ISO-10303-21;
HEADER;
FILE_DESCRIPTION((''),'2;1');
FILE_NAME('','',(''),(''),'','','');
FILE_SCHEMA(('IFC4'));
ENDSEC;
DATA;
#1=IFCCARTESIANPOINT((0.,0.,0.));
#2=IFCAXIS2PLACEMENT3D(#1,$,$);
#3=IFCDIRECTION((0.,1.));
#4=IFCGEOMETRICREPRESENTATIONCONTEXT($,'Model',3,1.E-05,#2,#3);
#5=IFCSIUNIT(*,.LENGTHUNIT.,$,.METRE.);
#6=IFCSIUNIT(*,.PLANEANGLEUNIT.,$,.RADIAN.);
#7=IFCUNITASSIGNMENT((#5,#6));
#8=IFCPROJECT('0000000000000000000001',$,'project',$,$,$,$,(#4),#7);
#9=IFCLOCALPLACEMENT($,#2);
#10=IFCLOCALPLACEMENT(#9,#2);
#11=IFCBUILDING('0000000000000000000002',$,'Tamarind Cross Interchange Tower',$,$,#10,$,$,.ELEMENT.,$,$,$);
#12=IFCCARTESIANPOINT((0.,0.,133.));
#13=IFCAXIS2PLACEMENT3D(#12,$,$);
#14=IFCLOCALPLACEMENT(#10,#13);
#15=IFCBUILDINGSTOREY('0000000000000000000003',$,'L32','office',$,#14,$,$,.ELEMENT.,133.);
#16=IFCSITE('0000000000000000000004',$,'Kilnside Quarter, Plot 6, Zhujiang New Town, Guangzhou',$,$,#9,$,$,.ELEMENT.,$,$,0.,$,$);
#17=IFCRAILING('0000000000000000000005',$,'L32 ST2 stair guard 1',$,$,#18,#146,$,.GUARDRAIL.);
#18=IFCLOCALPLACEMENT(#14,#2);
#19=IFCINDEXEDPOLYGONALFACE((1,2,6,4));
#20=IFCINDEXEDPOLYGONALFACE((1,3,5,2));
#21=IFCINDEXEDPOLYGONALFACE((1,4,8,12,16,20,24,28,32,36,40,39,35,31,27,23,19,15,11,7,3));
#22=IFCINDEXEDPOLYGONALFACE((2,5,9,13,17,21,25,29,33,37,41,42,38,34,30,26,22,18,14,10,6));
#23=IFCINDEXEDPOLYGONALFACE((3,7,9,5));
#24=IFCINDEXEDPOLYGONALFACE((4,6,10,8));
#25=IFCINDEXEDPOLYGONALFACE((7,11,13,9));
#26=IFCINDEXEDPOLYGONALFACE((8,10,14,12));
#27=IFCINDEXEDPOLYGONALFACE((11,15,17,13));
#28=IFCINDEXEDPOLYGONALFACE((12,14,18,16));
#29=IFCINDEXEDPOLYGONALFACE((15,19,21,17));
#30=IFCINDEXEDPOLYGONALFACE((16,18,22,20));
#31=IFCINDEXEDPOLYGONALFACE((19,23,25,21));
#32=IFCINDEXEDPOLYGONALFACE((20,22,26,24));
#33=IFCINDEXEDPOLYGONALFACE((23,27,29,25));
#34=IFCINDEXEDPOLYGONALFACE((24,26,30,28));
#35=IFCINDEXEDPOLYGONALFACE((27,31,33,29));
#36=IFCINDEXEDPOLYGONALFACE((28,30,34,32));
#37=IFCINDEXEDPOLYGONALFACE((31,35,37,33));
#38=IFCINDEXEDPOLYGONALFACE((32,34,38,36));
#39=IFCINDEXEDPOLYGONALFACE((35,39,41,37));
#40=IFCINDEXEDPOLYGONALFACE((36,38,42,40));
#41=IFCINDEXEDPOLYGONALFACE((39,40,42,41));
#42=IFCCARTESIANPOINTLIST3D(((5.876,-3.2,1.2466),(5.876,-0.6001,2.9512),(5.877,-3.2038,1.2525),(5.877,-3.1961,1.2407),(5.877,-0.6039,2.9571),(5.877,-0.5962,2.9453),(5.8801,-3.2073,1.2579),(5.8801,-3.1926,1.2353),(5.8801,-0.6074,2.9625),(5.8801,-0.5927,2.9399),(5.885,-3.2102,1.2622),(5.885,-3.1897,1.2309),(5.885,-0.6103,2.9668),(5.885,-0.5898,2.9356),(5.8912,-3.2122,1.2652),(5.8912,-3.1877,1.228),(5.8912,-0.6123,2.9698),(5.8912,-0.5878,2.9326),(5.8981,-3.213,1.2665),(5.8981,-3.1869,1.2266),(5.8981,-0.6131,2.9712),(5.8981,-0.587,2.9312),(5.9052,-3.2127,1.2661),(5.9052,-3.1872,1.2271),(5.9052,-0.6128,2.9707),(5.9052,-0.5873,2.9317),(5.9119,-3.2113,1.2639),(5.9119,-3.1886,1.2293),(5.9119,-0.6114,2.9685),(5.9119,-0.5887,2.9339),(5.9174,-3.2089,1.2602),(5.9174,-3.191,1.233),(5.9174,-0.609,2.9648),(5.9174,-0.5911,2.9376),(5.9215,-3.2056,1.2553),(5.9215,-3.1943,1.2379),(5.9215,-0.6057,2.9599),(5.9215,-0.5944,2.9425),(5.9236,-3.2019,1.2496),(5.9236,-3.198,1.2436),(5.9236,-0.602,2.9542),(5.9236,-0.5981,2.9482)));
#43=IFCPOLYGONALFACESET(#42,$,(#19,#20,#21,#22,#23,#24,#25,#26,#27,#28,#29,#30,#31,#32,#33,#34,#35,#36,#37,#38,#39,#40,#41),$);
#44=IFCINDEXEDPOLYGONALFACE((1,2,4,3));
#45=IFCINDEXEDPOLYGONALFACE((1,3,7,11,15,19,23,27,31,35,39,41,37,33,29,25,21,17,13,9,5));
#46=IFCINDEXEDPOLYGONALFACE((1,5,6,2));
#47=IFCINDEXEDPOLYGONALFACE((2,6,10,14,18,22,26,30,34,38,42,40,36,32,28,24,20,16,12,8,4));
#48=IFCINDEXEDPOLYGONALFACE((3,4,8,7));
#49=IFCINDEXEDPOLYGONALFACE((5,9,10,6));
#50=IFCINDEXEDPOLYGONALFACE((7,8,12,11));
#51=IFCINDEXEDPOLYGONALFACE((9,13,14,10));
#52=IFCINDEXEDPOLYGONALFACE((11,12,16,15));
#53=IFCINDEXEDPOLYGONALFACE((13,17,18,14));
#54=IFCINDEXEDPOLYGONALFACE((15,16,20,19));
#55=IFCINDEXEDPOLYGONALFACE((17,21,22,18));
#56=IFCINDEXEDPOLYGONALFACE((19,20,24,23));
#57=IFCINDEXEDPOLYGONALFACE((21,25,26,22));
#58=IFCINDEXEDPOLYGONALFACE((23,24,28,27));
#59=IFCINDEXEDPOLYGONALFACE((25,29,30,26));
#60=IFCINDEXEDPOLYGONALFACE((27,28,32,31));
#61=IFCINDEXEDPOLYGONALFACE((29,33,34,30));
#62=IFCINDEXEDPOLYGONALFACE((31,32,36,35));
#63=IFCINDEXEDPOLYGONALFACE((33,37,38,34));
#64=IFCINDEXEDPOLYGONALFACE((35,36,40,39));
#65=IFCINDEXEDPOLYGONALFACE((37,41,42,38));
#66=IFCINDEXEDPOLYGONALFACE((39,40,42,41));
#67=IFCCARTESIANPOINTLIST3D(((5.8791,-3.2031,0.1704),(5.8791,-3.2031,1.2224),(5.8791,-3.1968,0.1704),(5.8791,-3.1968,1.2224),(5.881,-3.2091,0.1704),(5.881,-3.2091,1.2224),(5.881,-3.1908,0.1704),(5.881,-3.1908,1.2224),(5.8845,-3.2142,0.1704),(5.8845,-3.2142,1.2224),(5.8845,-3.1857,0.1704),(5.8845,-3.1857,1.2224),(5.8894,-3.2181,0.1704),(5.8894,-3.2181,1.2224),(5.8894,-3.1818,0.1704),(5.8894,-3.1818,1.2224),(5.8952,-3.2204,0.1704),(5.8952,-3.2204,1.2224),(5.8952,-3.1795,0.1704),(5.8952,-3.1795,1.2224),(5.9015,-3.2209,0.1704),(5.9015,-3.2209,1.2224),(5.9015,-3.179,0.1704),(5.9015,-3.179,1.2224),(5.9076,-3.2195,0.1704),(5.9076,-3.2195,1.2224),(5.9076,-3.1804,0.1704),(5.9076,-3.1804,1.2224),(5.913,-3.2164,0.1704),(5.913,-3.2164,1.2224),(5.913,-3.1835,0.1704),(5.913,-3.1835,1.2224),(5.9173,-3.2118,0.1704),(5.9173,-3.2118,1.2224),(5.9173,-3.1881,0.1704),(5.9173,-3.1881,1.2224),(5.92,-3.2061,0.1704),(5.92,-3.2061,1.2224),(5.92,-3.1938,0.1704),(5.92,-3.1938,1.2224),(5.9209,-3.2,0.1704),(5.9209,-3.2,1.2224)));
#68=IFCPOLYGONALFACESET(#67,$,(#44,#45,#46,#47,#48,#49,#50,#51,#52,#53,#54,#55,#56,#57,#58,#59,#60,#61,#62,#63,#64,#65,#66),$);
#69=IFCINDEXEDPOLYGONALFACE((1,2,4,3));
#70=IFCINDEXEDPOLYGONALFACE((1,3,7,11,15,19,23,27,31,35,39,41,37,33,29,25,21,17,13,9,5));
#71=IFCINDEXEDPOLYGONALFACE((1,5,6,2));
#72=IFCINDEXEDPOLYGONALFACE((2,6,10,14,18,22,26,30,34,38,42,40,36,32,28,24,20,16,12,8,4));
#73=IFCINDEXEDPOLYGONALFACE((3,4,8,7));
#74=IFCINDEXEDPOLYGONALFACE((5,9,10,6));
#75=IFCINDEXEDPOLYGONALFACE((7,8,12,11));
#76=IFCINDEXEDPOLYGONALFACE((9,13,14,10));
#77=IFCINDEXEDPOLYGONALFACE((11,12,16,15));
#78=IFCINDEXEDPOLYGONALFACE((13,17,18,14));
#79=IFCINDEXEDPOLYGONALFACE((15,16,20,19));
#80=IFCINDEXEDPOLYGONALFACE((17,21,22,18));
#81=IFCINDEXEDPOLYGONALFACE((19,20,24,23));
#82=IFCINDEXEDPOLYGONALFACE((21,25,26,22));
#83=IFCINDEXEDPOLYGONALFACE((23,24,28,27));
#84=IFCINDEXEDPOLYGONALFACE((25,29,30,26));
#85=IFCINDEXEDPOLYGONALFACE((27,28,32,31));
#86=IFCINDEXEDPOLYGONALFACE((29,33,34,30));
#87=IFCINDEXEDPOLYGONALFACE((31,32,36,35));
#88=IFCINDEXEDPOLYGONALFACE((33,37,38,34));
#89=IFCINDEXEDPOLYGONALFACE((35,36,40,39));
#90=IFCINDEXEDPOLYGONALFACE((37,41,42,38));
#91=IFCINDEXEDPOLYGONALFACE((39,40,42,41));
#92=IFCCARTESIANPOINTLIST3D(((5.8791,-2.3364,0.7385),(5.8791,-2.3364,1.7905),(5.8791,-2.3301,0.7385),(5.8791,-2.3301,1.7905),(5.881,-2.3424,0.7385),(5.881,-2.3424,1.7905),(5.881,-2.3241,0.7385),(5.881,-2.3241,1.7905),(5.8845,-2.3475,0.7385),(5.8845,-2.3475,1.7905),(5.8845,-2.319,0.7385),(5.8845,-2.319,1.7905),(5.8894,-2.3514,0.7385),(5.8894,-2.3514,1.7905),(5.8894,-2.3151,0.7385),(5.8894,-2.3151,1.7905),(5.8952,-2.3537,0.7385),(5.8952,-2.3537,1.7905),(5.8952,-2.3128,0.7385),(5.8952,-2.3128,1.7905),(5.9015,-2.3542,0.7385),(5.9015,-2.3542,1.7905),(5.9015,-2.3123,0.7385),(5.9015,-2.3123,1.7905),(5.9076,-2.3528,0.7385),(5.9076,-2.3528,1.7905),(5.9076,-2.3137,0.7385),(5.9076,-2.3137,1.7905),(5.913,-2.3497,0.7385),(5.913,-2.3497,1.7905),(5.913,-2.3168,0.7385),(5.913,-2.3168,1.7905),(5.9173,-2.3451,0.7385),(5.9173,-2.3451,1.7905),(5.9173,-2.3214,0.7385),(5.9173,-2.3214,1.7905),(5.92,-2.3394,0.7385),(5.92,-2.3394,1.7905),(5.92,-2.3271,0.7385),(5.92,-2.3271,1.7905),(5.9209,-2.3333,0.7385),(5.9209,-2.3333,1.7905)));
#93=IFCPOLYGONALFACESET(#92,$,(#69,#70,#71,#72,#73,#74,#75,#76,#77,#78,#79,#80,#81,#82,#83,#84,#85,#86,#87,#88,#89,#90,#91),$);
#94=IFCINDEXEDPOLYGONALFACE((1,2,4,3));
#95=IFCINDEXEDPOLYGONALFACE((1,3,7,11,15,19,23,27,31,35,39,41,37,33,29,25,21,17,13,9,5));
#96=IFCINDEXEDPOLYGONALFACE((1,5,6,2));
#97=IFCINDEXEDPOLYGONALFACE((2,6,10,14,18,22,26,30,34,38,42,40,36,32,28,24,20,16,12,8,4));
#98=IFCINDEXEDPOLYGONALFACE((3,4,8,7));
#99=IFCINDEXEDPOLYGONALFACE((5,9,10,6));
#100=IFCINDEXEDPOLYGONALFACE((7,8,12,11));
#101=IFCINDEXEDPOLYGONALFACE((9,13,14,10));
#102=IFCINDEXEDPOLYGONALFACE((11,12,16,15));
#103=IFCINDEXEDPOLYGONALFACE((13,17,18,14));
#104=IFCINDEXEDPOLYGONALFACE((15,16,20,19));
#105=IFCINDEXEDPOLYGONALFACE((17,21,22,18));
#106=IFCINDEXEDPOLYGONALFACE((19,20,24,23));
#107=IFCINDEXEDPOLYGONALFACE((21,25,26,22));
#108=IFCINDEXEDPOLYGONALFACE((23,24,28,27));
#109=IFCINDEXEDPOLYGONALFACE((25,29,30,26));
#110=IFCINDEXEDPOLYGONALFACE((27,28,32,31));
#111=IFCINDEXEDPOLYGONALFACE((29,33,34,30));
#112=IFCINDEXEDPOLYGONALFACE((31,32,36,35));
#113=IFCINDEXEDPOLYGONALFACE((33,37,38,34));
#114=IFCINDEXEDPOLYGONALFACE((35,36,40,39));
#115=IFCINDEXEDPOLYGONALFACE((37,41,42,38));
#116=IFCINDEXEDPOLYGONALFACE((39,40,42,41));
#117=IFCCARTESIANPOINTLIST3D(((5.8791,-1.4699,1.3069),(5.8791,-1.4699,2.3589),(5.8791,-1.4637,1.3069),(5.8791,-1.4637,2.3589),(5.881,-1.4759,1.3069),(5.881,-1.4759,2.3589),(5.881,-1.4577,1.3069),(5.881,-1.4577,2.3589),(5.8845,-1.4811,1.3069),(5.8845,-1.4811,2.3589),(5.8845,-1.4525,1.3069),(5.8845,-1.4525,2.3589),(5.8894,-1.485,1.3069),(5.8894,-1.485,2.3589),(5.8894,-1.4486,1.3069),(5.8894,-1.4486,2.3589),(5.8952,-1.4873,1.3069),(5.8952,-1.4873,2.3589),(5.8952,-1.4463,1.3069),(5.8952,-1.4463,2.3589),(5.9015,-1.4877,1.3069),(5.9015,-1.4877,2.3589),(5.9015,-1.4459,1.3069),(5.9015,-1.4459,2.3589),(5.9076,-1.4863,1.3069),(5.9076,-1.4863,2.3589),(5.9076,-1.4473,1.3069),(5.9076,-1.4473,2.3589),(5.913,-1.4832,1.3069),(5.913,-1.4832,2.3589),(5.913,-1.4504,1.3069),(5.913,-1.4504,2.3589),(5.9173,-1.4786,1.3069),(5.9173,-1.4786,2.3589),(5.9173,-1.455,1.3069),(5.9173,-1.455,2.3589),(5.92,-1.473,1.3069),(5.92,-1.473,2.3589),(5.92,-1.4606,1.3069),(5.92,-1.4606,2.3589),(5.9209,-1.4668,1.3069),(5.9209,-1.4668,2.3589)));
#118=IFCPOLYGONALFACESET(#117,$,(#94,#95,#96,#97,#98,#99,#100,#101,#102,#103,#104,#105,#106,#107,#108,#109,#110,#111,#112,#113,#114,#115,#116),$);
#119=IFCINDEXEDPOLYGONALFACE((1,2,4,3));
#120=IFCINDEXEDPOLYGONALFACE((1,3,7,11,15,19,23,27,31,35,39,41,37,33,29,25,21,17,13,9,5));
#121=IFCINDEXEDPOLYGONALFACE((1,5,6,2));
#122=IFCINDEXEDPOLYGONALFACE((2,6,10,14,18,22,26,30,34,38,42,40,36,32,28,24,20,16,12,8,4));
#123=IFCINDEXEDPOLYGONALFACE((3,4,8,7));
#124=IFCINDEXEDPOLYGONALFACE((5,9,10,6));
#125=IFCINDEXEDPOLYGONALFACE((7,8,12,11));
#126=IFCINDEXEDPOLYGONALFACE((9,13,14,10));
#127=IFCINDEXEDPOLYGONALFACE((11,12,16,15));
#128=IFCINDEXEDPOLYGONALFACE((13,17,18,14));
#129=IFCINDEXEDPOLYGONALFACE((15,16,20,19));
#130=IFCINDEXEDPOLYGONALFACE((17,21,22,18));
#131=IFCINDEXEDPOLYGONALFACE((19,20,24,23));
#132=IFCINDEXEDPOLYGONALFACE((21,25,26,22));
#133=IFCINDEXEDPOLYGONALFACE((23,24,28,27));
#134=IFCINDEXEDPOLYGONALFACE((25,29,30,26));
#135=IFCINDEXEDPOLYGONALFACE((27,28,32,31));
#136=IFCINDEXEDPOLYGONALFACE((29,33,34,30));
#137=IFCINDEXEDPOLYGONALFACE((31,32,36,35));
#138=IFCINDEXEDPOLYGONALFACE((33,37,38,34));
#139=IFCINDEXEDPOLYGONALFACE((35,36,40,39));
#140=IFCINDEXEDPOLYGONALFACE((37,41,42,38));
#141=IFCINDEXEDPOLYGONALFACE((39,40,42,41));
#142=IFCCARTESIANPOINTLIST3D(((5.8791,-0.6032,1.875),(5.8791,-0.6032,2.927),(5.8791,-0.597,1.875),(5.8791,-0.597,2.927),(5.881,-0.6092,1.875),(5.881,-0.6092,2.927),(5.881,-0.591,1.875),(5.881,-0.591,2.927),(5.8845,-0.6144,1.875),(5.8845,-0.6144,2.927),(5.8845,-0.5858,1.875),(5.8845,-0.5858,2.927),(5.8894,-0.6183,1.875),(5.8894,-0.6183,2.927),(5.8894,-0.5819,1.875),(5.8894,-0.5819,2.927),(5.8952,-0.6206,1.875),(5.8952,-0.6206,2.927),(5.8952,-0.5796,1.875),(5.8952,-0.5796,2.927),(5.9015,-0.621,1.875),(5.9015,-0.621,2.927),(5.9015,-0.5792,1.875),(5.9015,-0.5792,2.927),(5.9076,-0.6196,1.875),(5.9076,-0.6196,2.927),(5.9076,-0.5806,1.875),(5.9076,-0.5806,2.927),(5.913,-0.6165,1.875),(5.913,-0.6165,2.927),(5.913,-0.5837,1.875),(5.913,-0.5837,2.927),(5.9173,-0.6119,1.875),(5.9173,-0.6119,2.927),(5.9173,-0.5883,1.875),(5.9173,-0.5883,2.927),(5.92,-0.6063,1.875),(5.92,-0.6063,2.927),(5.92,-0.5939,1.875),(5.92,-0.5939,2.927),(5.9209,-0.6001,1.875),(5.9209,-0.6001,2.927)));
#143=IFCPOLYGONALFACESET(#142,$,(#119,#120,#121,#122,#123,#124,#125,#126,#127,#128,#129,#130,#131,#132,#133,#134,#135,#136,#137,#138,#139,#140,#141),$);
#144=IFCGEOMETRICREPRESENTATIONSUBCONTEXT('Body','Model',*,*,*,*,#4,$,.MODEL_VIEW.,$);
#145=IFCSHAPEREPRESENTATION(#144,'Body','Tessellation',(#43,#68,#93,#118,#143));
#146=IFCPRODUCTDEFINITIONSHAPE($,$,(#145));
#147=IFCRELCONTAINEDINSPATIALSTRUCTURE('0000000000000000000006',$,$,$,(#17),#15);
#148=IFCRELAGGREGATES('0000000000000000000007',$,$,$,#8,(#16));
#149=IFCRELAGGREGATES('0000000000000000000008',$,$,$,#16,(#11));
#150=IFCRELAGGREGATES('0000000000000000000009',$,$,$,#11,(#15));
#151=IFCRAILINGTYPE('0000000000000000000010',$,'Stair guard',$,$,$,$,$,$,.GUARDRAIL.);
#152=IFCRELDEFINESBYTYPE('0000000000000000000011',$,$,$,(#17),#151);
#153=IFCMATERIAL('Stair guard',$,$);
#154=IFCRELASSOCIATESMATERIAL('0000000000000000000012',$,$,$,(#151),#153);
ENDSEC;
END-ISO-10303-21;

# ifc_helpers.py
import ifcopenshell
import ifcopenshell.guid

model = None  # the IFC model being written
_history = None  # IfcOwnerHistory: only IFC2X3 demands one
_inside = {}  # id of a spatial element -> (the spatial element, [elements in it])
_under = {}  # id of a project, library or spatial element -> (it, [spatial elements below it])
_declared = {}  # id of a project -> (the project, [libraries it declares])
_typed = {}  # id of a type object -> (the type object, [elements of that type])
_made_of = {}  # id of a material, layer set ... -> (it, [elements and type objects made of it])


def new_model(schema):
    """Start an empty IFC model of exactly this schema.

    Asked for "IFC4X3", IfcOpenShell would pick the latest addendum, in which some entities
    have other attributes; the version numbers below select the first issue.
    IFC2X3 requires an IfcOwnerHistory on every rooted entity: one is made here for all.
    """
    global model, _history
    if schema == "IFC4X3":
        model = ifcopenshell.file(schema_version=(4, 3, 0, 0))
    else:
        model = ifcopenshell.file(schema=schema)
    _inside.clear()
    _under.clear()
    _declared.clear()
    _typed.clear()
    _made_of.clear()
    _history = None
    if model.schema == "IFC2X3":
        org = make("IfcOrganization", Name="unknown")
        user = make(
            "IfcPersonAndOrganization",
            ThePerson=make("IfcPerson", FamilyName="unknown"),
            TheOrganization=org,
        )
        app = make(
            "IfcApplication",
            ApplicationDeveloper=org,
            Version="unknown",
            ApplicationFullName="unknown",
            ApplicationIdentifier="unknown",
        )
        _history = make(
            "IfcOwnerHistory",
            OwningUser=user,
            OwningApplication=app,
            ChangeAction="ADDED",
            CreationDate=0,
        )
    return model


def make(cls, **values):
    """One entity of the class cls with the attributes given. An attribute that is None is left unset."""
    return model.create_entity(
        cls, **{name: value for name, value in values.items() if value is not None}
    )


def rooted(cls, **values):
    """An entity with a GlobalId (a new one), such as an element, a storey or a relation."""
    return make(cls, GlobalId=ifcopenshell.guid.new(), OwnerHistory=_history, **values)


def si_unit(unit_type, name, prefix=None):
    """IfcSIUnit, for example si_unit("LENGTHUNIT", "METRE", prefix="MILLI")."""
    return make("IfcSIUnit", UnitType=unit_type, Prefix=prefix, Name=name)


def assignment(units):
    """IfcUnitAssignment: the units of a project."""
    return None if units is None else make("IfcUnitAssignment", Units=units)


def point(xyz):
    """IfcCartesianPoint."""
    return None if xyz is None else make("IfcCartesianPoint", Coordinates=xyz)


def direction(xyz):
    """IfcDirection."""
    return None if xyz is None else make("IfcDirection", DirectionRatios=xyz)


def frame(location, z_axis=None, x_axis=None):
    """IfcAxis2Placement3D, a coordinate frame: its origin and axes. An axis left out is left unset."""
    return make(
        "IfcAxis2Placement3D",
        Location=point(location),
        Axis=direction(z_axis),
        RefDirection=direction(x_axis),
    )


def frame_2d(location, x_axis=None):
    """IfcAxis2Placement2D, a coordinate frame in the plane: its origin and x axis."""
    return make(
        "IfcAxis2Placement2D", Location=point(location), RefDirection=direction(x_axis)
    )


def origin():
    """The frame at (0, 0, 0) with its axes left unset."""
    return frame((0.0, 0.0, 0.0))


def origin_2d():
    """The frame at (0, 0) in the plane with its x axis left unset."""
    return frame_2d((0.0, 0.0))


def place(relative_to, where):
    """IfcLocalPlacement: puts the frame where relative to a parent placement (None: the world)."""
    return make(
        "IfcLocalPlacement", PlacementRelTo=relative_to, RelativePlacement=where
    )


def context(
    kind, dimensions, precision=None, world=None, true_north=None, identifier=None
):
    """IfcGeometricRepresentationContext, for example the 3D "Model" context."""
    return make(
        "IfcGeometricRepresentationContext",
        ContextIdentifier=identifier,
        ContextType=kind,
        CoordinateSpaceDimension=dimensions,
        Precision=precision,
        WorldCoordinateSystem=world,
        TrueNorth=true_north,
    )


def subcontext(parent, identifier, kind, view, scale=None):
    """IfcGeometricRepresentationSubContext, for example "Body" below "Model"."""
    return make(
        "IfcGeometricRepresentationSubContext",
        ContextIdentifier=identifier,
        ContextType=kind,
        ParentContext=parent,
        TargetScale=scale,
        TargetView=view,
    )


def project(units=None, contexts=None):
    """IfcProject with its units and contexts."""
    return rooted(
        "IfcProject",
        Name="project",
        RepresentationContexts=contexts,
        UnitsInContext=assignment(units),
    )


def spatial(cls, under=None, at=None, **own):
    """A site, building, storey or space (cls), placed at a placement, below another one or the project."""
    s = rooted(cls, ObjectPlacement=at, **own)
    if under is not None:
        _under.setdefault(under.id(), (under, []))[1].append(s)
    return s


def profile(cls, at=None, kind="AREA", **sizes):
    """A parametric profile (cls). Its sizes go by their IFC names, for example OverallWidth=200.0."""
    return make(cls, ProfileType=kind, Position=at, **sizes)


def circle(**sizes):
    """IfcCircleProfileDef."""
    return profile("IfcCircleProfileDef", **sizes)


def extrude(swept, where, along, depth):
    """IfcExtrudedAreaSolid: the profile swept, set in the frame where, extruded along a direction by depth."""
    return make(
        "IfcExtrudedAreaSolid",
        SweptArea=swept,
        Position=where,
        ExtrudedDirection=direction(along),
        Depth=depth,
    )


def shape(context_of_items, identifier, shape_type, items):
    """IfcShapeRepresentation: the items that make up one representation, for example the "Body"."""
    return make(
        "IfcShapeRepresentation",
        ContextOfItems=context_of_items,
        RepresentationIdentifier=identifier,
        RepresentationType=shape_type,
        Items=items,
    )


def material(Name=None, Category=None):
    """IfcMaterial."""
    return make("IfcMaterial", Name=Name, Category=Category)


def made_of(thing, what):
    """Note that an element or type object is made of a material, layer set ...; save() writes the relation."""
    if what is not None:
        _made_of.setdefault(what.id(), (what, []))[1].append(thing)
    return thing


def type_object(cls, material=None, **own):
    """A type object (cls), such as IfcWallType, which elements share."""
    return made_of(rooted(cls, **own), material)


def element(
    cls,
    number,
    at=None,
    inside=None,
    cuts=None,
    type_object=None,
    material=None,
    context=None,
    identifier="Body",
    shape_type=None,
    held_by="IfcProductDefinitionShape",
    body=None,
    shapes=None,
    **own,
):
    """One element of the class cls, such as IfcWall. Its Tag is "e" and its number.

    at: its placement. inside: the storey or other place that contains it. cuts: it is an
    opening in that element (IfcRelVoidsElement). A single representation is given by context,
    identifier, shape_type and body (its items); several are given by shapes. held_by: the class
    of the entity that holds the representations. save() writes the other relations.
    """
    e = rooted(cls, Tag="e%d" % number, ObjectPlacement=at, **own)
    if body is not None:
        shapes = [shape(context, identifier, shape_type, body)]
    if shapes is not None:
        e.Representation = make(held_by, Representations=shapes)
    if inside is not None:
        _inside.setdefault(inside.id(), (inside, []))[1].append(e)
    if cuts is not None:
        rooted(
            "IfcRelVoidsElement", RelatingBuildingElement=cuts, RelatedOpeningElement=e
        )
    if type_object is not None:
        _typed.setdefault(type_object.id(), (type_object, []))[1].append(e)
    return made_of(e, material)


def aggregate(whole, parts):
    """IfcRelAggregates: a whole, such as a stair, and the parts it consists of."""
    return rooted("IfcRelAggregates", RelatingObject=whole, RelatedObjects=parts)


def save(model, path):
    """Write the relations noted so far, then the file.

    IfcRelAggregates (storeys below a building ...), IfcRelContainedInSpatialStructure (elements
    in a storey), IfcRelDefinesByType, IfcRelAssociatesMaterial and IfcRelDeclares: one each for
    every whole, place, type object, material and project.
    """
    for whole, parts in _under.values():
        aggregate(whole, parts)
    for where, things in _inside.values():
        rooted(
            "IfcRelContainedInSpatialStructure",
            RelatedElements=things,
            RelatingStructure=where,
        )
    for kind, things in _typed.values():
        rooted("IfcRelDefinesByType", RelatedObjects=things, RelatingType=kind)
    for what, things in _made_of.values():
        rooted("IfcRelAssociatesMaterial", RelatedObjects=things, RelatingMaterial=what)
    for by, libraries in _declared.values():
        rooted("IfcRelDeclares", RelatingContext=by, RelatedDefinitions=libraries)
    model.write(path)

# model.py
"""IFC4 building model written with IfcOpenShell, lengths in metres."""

from ifc_helpers import new_model, si_unit, direction, frame, origin, origin_2d, place, context, subcontext, project, spatial, circle, extrude, material, type_object, element, save


model = new_model("IFC4")

# Units and contexts
model_context = context("Model", 3, precision=1e-05, world=origin(), true_north=direction((0.0, 1.0)))
body_context = subcontext(model_context, "Body", "Model", "MODEL_VIEW")
ifc_project = project(units=[si_unit("LENGTHUNIT", "METRE"), si_unit("PLANEANGLEUNIT", "RADIAN")], contexts=[model_context])

# Site, building, storey
site_placement = place(None, origin())
site = spatial("IfcSite", under=ifc_project, at=site_placement, Name="Kilnside Quarter, Plot 6, Zhujiang New Town, Guangzhou", CompositionType="ELEMENT", RefElevation=0.0)
building_placement = place(site_placement, origin())
building = spatial("IfcBuilding", under=site, at=building_placement, Name="Tamarind Cross Interchange Tower", CompositionType="ELEMENT")
storey_placement = place(building_placement, frame((0.0, 0.0, 133.0)))
storey = spatial("IfcBuildingStorey", under=building, at=storey_placement, Name="L32", Description="office", CompositionType="ELEMENT", Elevation=133.0)

# Railing
ifc_material_1 = material(Name="Stair guard")
railing_type_1 = type_object("IfcRailingType", Name="Stair guard", PredefinedType="GUARDRAIL", material=ifc_material_1)
railing_1_placement = place(storey_placement, frame((5.8999, -3.2, 0.1704)))
element("IfcRailing", 1, at=railing_1_placement, inside=storey, type_object=railing_type_1, Name="L32 ST2 stair guard 1", PredefinedType="GUARDRAIL", context=body_context, shape_type="SweptSolid", body=[
    extrude(circle(Radius=0.0239, at=origin_2d()), frame((0.0, 0.0, 1.0762), z_axis=(0.0, 0.836279, 0.548305), x_axis=(-1.0, 0.0, 0.0)), (0.0, 0.0, 1.0), 3.1089),
    extrude(circle(Radius=0.021, at=origin_2d()), origin(), (0.0, 0.0, 1.0), 1.052),
    extrude(circle(Radius=0.021, at=origin_2d()), frame((0.0, 0.8667, 0.5681)), (0.0, 0.0, 1.0), 1.052),
    extrude(circle(Radius=0.021, at=origin_2d()), frame((0.0, 1.7332, 1.1365)), (0.0, 0.0, 1.0), 1.052),
    extrude(circle(Radius=0.021, at=origin_2d()), frame((0.0, 2.5999, 1.7046)), (0.0, 0.0, 1.0), 1.052),
])

save(model, "model.ifc")
